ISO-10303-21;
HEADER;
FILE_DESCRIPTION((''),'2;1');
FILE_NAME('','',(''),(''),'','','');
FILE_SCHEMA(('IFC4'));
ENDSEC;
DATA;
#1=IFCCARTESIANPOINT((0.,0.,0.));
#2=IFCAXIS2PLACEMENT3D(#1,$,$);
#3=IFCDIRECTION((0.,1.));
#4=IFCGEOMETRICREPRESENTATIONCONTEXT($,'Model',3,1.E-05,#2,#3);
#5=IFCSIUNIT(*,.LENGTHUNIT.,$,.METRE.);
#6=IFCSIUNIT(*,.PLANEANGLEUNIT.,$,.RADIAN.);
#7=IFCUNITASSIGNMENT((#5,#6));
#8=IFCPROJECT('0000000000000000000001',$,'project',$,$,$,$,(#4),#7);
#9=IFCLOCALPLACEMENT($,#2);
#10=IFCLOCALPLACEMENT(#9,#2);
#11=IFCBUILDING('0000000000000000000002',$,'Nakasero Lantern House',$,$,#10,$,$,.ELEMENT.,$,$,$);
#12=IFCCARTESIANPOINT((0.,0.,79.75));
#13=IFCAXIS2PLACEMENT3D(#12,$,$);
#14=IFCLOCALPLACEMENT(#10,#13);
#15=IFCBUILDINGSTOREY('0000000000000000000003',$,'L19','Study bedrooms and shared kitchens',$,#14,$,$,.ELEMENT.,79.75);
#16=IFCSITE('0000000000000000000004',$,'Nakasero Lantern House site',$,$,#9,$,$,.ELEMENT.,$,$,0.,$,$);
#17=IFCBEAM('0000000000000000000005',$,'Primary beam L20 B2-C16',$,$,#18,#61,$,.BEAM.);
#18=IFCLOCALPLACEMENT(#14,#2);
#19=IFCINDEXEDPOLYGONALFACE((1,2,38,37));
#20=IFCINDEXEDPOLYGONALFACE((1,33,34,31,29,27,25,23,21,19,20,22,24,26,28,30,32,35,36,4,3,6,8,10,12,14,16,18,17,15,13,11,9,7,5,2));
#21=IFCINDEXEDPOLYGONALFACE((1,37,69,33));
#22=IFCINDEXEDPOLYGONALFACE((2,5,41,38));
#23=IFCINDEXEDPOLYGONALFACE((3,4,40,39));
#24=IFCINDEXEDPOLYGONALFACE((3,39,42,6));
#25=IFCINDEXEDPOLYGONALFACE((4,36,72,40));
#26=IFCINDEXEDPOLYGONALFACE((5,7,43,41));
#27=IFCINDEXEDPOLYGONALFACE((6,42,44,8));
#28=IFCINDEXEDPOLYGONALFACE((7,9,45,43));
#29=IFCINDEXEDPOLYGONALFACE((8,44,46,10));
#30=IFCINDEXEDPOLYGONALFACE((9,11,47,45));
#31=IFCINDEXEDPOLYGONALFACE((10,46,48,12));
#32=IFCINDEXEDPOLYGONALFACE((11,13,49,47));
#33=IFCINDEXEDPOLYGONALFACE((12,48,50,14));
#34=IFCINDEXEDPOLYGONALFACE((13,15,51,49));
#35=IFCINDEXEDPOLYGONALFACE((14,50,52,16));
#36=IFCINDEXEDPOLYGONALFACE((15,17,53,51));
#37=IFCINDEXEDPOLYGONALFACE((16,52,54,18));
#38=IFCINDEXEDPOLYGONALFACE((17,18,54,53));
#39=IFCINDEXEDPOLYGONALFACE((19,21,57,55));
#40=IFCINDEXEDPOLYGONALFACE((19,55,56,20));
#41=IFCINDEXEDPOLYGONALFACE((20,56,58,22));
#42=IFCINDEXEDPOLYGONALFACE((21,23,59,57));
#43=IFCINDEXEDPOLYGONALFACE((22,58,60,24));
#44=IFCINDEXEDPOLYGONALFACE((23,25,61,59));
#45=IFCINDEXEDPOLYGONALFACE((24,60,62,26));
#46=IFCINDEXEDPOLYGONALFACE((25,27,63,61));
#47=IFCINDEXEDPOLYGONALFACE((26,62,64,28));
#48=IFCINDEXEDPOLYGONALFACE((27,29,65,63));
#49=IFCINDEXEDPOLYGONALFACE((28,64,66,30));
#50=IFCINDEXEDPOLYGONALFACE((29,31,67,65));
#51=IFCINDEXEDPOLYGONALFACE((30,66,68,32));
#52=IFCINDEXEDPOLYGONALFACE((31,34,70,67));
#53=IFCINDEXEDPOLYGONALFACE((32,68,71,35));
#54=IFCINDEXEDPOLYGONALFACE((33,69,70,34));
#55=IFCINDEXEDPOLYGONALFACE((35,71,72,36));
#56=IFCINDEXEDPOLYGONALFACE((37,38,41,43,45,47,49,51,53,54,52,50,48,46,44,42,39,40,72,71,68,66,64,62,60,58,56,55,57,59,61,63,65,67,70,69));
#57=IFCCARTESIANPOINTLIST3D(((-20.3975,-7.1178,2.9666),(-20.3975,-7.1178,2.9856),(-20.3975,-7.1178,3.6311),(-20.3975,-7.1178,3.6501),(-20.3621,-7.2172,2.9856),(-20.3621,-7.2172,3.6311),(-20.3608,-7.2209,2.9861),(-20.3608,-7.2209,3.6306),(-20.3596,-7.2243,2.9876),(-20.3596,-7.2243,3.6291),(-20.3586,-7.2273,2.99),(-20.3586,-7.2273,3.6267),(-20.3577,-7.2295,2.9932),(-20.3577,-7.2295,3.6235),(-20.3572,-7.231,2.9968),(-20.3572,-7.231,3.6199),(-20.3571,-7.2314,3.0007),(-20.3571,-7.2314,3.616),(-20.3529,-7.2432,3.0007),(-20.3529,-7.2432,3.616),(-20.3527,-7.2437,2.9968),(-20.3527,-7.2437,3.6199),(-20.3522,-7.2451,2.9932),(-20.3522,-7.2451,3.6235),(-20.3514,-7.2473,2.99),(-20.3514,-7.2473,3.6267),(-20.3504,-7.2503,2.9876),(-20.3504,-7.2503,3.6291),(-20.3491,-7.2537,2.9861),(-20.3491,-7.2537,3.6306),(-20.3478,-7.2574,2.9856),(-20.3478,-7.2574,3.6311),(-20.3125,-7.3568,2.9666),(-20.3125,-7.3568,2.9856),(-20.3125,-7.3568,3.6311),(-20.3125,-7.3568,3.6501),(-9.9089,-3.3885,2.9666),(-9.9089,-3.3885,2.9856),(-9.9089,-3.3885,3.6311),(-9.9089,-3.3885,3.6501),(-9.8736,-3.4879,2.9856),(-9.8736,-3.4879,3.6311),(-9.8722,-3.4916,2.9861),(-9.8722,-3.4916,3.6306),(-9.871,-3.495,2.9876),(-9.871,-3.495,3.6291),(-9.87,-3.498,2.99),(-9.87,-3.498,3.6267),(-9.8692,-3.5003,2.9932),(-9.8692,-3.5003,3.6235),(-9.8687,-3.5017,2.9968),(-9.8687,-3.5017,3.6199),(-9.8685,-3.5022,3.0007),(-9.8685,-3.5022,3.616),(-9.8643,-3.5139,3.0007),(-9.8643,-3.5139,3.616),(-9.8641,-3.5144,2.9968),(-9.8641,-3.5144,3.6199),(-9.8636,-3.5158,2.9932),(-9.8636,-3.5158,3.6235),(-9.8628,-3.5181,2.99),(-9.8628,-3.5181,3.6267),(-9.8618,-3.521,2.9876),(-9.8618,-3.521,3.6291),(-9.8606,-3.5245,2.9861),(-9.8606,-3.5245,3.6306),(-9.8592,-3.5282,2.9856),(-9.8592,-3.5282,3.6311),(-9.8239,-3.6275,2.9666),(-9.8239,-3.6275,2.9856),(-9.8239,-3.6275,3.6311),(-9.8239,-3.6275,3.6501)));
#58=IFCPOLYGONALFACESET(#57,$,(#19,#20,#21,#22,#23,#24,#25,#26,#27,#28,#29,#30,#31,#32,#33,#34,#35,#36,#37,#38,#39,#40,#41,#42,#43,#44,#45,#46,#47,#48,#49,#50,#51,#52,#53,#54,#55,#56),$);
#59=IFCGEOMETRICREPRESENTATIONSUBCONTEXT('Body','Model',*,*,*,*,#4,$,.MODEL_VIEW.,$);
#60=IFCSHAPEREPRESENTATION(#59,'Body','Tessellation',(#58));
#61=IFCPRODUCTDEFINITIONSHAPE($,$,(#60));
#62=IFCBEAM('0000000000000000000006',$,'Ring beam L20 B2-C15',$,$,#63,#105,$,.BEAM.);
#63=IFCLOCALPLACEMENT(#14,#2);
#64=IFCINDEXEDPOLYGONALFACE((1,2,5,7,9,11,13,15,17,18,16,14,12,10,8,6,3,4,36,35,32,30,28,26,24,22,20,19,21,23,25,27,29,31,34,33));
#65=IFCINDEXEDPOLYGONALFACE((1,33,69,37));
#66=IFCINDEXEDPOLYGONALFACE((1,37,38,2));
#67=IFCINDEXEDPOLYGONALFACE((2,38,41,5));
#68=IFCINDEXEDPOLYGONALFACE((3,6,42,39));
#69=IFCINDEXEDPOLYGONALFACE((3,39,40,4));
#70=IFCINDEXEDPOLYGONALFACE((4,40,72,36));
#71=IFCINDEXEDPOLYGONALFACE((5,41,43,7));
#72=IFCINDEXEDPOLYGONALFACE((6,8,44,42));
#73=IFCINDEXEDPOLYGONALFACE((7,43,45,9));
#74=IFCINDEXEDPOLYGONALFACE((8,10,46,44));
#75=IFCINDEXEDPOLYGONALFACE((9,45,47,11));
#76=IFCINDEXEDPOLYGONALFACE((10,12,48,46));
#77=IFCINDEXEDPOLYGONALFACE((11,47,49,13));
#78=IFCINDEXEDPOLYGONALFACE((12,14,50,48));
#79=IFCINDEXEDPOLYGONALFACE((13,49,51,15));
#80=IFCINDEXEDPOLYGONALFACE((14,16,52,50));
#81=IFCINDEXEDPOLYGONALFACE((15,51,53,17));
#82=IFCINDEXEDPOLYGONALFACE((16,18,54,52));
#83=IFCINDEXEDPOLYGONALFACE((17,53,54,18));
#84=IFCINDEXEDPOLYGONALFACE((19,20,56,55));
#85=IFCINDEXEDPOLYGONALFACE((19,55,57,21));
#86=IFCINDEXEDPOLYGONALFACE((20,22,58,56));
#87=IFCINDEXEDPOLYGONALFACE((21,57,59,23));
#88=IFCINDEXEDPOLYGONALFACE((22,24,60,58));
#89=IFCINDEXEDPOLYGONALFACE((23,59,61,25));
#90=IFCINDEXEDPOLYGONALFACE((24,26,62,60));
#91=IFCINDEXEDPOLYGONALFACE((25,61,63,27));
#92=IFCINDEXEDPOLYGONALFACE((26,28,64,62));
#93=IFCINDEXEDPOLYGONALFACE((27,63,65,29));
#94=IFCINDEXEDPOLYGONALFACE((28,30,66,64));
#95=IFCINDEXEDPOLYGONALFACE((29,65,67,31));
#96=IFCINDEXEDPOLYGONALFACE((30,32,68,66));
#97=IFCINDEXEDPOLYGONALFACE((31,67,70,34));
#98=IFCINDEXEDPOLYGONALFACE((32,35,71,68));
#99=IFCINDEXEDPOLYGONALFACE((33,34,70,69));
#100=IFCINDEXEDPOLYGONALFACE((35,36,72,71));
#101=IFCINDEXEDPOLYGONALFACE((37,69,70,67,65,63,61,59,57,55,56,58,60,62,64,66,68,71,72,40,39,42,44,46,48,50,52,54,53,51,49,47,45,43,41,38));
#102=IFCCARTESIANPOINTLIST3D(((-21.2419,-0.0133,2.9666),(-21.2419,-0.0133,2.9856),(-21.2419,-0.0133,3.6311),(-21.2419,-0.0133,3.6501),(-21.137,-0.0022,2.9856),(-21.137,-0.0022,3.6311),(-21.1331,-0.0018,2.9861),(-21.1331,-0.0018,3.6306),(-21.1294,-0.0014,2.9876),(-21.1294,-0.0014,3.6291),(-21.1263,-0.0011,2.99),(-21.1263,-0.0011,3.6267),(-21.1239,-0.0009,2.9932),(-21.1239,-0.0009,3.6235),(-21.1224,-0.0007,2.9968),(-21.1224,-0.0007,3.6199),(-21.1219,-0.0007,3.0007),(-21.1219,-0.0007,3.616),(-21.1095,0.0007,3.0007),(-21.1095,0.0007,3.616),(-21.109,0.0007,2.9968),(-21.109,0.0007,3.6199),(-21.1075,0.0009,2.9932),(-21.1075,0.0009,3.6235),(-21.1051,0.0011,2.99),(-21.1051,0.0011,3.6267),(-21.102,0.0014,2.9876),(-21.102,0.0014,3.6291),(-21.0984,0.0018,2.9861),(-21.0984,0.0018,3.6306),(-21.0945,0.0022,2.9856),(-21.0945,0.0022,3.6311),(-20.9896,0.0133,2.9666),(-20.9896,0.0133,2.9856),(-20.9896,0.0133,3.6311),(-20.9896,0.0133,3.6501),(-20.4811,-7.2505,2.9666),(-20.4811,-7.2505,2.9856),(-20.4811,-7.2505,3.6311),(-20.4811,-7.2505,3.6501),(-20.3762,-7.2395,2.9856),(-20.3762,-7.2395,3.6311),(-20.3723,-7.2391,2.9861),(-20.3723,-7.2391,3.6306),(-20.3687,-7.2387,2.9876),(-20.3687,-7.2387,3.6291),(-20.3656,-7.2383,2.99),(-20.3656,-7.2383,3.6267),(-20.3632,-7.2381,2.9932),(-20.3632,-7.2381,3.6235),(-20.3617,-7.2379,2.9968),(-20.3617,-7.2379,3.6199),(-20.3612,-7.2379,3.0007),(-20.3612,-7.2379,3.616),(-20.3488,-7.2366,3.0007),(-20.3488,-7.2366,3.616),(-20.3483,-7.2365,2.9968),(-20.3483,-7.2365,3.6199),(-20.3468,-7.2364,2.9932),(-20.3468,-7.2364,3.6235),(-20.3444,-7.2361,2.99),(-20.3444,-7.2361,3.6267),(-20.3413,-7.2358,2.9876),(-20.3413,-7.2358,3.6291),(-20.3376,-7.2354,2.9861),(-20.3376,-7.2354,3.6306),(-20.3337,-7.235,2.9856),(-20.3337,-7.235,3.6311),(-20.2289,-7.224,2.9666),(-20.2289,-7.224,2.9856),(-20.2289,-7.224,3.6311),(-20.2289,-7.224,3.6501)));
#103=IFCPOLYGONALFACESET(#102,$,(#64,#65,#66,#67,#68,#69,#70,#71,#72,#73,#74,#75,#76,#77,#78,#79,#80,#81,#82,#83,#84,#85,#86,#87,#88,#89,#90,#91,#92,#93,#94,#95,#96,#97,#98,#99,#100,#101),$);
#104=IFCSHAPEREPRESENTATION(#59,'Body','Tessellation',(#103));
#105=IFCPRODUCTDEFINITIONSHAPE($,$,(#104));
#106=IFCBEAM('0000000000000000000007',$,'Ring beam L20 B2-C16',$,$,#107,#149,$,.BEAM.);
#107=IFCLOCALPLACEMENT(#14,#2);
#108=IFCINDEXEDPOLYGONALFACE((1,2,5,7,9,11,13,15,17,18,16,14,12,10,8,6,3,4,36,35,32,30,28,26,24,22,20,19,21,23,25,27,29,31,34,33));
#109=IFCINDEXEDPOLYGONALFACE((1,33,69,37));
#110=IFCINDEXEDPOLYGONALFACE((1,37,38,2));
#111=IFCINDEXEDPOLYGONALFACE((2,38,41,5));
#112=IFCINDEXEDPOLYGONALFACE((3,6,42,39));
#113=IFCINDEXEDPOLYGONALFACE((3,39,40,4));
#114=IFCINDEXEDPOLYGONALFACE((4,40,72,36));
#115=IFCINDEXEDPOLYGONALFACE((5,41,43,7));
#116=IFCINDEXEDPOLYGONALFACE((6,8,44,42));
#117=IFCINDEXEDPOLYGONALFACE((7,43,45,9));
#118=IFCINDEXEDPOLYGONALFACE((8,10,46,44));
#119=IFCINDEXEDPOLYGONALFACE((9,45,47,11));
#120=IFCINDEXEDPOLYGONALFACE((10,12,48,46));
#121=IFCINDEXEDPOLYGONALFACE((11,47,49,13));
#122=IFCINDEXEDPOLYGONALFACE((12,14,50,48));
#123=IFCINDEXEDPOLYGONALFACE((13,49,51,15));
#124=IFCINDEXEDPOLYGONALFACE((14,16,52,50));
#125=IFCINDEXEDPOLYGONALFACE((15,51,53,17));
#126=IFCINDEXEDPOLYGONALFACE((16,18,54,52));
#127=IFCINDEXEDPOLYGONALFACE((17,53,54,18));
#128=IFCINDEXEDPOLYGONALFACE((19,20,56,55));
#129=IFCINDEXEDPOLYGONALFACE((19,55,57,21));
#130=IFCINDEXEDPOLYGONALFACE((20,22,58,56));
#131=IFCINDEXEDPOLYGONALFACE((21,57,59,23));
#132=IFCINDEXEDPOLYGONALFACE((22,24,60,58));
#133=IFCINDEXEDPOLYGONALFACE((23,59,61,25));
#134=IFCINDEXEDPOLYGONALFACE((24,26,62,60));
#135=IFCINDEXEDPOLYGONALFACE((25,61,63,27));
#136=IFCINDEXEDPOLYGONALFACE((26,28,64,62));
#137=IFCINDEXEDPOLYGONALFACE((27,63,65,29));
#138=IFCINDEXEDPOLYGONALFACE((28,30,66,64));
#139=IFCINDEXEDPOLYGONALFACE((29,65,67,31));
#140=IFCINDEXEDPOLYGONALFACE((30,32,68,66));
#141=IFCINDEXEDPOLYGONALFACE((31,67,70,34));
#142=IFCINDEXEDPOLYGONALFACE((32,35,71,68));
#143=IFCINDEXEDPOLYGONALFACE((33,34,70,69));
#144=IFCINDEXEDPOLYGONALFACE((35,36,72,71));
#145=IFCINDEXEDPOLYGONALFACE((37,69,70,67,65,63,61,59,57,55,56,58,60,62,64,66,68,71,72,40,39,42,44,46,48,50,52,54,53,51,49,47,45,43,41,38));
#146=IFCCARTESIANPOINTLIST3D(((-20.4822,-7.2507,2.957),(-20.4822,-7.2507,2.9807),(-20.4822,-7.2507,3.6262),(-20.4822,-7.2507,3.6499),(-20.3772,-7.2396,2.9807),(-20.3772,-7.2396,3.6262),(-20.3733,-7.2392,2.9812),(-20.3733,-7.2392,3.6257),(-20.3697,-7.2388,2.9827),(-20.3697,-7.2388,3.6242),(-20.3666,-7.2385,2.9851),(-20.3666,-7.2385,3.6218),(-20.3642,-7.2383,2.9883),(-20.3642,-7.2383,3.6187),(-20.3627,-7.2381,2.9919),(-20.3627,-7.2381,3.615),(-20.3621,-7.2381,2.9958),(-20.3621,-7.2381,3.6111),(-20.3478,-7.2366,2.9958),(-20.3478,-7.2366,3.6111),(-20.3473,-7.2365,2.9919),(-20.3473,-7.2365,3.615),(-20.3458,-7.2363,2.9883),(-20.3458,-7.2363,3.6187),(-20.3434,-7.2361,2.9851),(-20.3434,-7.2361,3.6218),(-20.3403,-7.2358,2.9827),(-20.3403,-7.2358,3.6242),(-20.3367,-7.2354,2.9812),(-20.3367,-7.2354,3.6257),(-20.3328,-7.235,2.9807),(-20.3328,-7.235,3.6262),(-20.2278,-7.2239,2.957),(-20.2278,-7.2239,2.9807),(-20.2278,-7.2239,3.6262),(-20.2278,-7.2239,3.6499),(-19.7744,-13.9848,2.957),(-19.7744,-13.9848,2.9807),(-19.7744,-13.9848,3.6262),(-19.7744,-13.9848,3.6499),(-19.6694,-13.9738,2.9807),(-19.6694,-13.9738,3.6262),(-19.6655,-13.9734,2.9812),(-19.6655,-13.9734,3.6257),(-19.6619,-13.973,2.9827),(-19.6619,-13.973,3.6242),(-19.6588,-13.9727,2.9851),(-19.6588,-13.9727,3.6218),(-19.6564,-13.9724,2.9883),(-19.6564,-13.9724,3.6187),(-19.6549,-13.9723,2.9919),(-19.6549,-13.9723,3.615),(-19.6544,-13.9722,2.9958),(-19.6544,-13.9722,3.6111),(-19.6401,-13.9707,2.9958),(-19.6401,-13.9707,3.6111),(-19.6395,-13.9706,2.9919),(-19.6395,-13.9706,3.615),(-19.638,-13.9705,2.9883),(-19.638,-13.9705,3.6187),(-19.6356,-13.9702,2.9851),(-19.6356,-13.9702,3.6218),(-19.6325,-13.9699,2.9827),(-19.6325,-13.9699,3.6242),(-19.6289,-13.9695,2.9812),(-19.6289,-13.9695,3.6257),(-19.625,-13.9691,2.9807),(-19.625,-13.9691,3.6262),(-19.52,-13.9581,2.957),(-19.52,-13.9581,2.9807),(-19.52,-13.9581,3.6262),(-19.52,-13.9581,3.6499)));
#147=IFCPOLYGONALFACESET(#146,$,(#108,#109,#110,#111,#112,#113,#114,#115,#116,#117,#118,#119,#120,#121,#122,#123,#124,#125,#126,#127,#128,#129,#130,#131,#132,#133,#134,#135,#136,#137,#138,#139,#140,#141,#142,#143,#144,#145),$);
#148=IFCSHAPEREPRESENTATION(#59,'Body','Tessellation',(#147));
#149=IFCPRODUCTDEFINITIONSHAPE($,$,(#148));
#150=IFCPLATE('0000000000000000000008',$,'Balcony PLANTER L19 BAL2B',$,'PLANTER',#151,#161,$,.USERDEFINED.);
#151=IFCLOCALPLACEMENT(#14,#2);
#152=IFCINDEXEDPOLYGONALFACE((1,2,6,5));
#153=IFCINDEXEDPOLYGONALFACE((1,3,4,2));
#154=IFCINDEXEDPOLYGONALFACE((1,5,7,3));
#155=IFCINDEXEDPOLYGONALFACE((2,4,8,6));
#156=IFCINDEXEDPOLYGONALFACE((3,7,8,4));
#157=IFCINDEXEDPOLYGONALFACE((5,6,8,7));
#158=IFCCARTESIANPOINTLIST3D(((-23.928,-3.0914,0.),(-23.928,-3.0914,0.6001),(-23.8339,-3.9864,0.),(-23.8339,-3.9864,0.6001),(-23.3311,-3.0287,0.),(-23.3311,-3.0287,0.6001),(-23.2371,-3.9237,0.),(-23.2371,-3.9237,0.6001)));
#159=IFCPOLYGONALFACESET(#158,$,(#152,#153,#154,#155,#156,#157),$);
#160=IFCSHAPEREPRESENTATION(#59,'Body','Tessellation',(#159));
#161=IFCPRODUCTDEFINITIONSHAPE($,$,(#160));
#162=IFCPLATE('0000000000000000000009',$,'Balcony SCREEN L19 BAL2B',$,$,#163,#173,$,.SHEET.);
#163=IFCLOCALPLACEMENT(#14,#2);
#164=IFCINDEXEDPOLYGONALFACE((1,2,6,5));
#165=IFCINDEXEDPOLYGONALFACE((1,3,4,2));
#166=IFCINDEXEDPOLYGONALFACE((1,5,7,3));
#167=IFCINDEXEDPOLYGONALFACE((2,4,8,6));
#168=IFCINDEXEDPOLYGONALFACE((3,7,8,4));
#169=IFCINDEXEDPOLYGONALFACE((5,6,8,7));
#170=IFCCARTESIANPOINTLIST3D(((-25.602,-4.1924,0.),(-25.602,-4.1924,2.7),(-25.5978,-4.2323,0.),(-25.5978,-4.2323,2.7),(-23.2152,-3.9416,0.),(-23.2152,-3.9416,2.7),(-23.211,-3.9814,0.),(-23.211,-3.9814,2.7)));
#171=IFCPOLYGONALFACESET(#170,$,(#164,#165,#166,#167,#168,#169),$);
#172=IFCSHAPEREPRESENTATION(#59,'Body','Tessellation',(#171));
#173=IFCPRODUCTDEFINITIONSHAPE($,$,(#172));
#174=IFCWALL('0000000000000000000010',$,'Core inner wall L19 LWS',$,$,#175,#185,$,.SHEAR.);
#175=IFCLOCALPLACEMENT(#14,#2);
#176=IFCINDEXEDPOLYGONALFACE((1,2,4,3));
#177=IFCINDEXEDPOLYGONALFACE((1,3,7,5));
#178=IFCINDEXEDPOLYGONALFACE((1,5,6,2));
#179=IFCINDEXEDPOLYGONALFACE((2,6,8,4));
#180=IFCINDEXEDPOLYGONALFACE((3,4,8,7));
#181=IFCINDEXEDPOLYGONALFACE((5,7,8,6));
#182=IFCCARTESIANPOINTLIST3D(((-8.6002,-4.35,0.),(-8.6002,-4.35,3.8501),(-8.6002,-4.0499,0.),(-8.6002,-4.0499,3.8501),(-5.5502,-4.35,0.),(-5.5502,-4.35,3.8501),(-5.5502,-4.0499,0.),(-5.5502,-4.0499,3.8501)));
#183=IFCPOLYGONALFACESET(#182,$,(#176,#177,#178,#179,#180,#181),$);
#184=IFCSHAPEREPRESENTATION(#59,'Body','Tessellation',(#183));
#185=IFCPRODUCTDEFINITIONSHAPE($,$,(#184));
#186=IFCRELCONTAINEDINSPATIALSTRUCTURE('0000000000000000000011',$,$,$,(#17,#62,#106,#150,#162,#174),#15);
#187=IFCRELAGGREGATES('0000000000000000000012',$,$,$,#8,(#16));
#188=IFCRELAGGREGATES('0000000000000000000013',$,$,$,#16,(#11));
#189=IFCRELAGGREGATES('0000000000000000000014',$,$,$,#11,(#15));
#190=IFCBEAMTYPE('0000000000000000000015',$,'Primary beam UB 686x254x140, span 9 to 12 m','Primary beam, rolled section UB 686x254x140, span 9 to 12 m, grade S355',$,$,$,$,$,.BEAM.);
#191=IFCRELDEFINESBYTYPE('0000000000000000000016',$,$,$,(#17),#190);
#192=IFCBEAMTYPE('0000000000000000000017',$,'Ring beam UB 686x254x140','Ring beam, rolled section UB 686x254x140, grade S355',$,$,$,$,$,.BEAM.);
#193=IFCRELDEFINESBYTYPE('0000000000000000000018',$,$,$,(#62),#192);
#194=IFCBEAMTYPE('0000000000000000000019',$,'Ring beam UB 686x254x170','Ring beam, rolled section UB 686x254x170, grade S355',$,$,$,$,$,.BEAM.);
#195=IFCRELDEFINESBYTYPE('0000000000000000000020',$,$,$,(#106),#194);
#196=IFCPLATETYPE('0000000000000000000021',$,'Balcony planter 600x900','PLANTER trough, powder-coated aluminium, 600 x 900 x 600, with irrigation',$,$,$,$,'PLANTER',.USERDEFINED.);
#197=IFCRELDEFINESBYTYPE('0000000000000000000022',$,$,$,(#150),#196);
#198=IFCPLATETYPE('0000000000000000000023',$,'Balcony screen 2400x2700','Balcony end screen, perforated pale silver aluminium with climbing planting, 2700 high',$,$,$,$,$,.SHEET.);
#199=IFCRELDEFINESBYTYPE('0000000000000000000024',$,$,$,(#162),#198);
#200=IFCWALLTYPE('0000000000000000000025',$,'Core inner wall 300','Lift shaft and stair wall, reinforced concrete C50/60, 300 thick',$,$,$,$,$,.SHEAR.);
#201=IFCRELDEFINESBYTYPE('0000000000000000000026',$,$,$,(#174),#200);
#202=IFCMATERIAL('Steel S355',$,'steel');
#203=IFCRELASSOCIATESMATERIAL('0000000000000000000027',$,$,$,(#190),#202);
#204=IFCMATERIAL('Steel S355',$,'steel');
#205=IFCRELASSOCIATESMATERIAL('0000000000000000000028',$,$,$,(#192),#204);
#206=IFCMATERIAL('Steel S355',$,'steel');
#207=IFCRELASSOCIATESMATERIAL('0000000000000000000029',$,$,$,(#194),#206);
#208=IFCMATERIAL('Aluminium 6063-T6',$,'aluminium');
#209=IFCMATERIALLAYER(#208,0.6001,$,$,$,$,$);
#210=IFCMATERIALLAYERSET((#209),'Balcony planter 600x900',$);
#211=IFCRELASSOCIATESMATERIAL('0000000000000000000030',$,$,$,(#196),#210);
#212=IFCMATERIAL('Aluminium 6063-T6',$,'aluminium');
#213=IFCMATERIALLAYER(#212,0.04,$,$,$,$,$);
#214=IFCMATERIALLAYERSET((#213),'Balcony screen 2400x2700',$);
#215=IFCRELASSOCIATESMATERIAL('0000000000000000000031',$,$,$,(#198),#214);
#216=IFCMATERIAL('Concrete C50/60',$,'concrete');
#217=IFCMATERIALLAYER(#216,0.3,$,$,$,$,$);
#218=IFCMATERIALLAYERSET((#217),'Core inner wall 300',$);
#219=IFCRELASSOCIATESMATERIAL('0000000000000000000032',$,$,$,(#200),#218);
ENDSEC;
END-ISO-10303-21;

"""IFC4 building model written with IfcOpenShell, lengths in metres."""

from ifc_helpers import new_model, si_unit, direction, frame, frame_2d, origin, origin_2d, place, context, subcontext, project, spatial, rectangle, i_section, extrude, material, layer, layer_set, material_profile, profile_set, type_object, element, save


model = new_model("IFC4")

# Units and contexts
model_context = context("Model", 3, precision=1e-05, world=origin(), true_north=direction((0.0, 1.0)))
body_context = subcontext(model_context, "Body", "Model", "MODEL_VIEW")
ifc_project = project(units=[si_unit("LENGTHUNIT", "METRE"), si_unit("PLANEANGLEUNIT", "RADIAN")], contexts=[model_context])

# Site, building, storey
site_placement = place(None, origin())
site = spatial("IfcSite", under=ifc_project, at=site_placement, Name="Nakasero Lantern House site", CompositionType="ELEMENT", RefElevation=0.0)
building_placement = place(site_placement, origin())
building = spatial("IfcBuilding", under=site, at=building_placement, Name="Nakasero Lantern House", CompositionType="ELEMENT")
storey_placement = place(building_placement, frame((0.0, 0.0, 79.75)))
storey = spatial("IfcBuildingStorey", under=building, at=storey_placement, Name="L19", Description="Study bedrooms and shared kitchens", CompositionType="ELEMENT", Elevation=79.75)

# Beams
ifc_material_1 = material(Name="Steel S355", Category="steel")
ifc_material_profile_1 = material_profile(ifc_material_1, i_section(OverallWidth=0.2537, OverallDepth=0.6836, WebThickness=0.0125, FlangeThickness=0.019, FilletRadius=0.0151, at=origin_2d()), Name="UB 686x254x140")
ifc_profile_set_1 = profile_set([ifc_material_profile_1], Name="Steel S355")
beam_type_1 = type_object("IfcBeamType", Name="Primary beam UB 686x254x140, span 9 to 12 m", Description="Primary beam, rolled section UB 686x254x140, span 9 to 12 m, grade S355", PredefinedType="BEAM", material=ifc_profile_set_1)
beam_1_placement = place(storey_placement, frame((-20.355, -7.2373, 3.3083), z_axis=(0.942215, 0.335009, 0.0), x_axis=(-0.335009, 0.942215, 0.0)))
element("IfcBeam", 1, at=beam_1_placement, inside=storey, type_object=beam_type_1, Name="Primary beam L20 B2-C16", PredefinedType="BEAM", context=body_context, shape_type="SweptSolid", body=[
    extrude(i_section(OverallWidth=0.2537, OverallDepth=0.6836, WebThickness=0.0125, FlangeThickness=0.019, FilletRadius=0.0151, at=origin_2d()), origin(), (0.0, 0.0, 1.0), 11.1318),
])
ifc_material_2 = material(Name="Steel S355", Category="steel")
ifc_material_profile_2 = material_profile(ifc_material_2, i_section(OverallWidth=0.2537, OverallDepth=0.6836, WebThickness=0.0125, FlangeThickness=0.019, FilletRadius=0.0151, at=origin_2d()), Name="UB 686x254x140")
ifc_profile_set_2 = profile_set([ifc_material_profile_2], Name="Steel S355")
beam_type_2 = type_object("IfcBeamType", Name="Ring beam UB 686x254x140", Description="Ring beam, rolled section UB 686x254x140, grade S355", PredefinedType="BEAM", material=ifc_profile_set_2)
beam_2_placement = place(storey_placement, frame((-21.1157, 0.0, 3.3083), z_axis=(0.104538, -0.994521, 0.0), x_axis=(0.994521, 0.104538, 0.0)))
element("IfcBeam", 2, at=beam_2_placement, inside=storey, type_object=beam_type_2, Name="Ring beam L20 B2-C15", PredefinedType="BEAM", context=body_context, shape_type="SweptSolid", body=[
    extrude(i_section(OverallWidth=0.2537, OverallDepth=0.6836, WebThickness=0.0125, FlangeThickness=0.019, FilletRadius=0.0151, at=origin_2d()), origin(), (0.0, 0.0, 1.0), 7.2771),
])
ifc_material_3 = material(Name="Steel S355", Category="steel")
ifc_material_profile_3 = material_profile(ifc_material_3, i_section(OverallWidth=0.2559, OverallDepth=0.6929, WebThickness=0.0144, FlangeThickness=0.0237, FilletRadius=0.0151, at=origin_2d()), Name="UB 686x254x170")
ifc_profile_set_3 = profile_set([ifc_material_profile_3], Name="Steel S355")
beam_type_3 = type_object("IfcBeamType", Name="Ring beam UB 686x254x170", Description="Ring beam, rolled section UB 686x254x170, grade S355", PredefinedType="BEAM", material=ifc_profile_set_3)
beam_3_placement = place(storey_placement, frame((-20.355, -7.2373, 3.3035), z_axis=(0.104525, -0.994522, 0.0), x_axis=(0.994522, 0.104525, 0.0)))
element("IfcBeam", 3, at=beam_3_placement, inside=storey, type_object=beam_type_3, Name="Ring beam L20 B2-C16", PredefinedType="BEAM", context=body_context, shape_type="SweptSolid", body=[
    extrude(i_section(OverallWidth=0.2559, OverallDepth=0.6929, WebThickness=0.0144, FlangeThickness=0.0237, FilletRadius=0.0151, at=origin_2d()), origin(), (0.0, 0.0, 1.0), 6.7712),
])

# Plates
ifc_material_4 = material(Name="Aluminium 6063-T6", Category="aluminium")
ifc_layer_1 = layer(ifc_material_4, 0.6001)
ifc_layer_set_1 = layer_set([ifc_layer_1], Name="Balcony planter 600x900")
plate_type_1 = type_object("IfcPlateType", Name="Balcony planter 600x900", Description="PLANTER trough, powder-coated aluminium, 600 x 900 x 600, with irrigation", ElementType="PLANTER", PredefinedType="USERDEFINED", material=ifc_layer_set_1)
plate_1_placement = place(storey_placement, frame((-23.5825, -3.5076, 0.0), z_axis=(0.0, 0.0, 1.0), x_axis=(-0.994522, -0.104528, 0.0)))
element("IfcPlate", 4, at=plate_1_placement, inside=storey, type_object=plate_type_1, Name="Balcony PLANTER L19 BAL2B", ObjectType="PLANTER", PredefinedType="USERDEFINED", context=body_context, shape_type="SweptSolid", body=[
    extrude(rectangle(XDim=0.6001, YDim=0.8999, at=origin_2d()), origin(), (0.0, 0.0, 1.0), 0.6001),
])
ifc_material_5 = material(Name="Aluminium 6063-T6", Category="aluminium")
ifc_layer_2 = layer(ifc_material_5, 0.04)
ifc_layer_set_2 = layer_set([ifc_layer_2], Name="Balcony screen 2400x2700")
plate_type_2 = type_object("IfcPlateType", Name="Balcony screen 2400x2700", Description="Balcony end screen, perforated pale silver aluminium with climbing planting, 2700 high", PredefinedType="SHEET", material=ifc_layer_set_2)
plate_2_placement = place(storey_placement, frame((-24.4065, -4.0869, 0.0), z_axis=(0.0, 0.0, 1.0), x_axis=(-0.994522, -0.104528, 0.0)))
element("IfcPlate", 5, at=plate_2_placement, inside=storey, type_object=plate_type_2, Name="Balcony SCREEN L19 BAL2B", PredefinedType="SHEET", context=body_context, shape_type="SweptSolid", body=[
    extrude(rectangle(XDim=2.3999, YDim=0.04, at=origin_2d()), origin(), (0.0, 0.0, 1.0), 2.7),
])

# Wall
ifc_material_6 = material(Name="Concrete C50/60", Category="concrete")
ifc_layer_3 = layer(ifc_material_6, 0.3)
ifc_layer_set_3 = layer_set([ifc_layer_3], Name="Core inner wall 300")
wall_type_1 = type_object("IfcWallType", Name="Core inner wall 300", Description="Lift shaft and stair wall, reinforced concrete C50/60, 300 thick", PredefinedType="SHEAR", material=ifc_layer_set_3)
wall_1_placement = place(storey_placement, frame((-8.6001, -4.2, 0.0), z_axis=(0.0, 0.0, 1.0), x_axis=(1.0, 0.0, 0.0)))
element("IfcWall", 6, at=wall_1_placement, inside=storey, type_object=wall_type_1, Name="Core inner wall L19 LWS", PredefinedType="SHEAR", context=body_context, shape_type="SweptSolid", body=[
    extrude(rectangle(XDim=3.05, YDim=0.3, at=frame_2d((1.5249, 0.0))), origin(), (0.0, 0.0, 1.0), 3.8501),
])

save(model, "model.ifc")
